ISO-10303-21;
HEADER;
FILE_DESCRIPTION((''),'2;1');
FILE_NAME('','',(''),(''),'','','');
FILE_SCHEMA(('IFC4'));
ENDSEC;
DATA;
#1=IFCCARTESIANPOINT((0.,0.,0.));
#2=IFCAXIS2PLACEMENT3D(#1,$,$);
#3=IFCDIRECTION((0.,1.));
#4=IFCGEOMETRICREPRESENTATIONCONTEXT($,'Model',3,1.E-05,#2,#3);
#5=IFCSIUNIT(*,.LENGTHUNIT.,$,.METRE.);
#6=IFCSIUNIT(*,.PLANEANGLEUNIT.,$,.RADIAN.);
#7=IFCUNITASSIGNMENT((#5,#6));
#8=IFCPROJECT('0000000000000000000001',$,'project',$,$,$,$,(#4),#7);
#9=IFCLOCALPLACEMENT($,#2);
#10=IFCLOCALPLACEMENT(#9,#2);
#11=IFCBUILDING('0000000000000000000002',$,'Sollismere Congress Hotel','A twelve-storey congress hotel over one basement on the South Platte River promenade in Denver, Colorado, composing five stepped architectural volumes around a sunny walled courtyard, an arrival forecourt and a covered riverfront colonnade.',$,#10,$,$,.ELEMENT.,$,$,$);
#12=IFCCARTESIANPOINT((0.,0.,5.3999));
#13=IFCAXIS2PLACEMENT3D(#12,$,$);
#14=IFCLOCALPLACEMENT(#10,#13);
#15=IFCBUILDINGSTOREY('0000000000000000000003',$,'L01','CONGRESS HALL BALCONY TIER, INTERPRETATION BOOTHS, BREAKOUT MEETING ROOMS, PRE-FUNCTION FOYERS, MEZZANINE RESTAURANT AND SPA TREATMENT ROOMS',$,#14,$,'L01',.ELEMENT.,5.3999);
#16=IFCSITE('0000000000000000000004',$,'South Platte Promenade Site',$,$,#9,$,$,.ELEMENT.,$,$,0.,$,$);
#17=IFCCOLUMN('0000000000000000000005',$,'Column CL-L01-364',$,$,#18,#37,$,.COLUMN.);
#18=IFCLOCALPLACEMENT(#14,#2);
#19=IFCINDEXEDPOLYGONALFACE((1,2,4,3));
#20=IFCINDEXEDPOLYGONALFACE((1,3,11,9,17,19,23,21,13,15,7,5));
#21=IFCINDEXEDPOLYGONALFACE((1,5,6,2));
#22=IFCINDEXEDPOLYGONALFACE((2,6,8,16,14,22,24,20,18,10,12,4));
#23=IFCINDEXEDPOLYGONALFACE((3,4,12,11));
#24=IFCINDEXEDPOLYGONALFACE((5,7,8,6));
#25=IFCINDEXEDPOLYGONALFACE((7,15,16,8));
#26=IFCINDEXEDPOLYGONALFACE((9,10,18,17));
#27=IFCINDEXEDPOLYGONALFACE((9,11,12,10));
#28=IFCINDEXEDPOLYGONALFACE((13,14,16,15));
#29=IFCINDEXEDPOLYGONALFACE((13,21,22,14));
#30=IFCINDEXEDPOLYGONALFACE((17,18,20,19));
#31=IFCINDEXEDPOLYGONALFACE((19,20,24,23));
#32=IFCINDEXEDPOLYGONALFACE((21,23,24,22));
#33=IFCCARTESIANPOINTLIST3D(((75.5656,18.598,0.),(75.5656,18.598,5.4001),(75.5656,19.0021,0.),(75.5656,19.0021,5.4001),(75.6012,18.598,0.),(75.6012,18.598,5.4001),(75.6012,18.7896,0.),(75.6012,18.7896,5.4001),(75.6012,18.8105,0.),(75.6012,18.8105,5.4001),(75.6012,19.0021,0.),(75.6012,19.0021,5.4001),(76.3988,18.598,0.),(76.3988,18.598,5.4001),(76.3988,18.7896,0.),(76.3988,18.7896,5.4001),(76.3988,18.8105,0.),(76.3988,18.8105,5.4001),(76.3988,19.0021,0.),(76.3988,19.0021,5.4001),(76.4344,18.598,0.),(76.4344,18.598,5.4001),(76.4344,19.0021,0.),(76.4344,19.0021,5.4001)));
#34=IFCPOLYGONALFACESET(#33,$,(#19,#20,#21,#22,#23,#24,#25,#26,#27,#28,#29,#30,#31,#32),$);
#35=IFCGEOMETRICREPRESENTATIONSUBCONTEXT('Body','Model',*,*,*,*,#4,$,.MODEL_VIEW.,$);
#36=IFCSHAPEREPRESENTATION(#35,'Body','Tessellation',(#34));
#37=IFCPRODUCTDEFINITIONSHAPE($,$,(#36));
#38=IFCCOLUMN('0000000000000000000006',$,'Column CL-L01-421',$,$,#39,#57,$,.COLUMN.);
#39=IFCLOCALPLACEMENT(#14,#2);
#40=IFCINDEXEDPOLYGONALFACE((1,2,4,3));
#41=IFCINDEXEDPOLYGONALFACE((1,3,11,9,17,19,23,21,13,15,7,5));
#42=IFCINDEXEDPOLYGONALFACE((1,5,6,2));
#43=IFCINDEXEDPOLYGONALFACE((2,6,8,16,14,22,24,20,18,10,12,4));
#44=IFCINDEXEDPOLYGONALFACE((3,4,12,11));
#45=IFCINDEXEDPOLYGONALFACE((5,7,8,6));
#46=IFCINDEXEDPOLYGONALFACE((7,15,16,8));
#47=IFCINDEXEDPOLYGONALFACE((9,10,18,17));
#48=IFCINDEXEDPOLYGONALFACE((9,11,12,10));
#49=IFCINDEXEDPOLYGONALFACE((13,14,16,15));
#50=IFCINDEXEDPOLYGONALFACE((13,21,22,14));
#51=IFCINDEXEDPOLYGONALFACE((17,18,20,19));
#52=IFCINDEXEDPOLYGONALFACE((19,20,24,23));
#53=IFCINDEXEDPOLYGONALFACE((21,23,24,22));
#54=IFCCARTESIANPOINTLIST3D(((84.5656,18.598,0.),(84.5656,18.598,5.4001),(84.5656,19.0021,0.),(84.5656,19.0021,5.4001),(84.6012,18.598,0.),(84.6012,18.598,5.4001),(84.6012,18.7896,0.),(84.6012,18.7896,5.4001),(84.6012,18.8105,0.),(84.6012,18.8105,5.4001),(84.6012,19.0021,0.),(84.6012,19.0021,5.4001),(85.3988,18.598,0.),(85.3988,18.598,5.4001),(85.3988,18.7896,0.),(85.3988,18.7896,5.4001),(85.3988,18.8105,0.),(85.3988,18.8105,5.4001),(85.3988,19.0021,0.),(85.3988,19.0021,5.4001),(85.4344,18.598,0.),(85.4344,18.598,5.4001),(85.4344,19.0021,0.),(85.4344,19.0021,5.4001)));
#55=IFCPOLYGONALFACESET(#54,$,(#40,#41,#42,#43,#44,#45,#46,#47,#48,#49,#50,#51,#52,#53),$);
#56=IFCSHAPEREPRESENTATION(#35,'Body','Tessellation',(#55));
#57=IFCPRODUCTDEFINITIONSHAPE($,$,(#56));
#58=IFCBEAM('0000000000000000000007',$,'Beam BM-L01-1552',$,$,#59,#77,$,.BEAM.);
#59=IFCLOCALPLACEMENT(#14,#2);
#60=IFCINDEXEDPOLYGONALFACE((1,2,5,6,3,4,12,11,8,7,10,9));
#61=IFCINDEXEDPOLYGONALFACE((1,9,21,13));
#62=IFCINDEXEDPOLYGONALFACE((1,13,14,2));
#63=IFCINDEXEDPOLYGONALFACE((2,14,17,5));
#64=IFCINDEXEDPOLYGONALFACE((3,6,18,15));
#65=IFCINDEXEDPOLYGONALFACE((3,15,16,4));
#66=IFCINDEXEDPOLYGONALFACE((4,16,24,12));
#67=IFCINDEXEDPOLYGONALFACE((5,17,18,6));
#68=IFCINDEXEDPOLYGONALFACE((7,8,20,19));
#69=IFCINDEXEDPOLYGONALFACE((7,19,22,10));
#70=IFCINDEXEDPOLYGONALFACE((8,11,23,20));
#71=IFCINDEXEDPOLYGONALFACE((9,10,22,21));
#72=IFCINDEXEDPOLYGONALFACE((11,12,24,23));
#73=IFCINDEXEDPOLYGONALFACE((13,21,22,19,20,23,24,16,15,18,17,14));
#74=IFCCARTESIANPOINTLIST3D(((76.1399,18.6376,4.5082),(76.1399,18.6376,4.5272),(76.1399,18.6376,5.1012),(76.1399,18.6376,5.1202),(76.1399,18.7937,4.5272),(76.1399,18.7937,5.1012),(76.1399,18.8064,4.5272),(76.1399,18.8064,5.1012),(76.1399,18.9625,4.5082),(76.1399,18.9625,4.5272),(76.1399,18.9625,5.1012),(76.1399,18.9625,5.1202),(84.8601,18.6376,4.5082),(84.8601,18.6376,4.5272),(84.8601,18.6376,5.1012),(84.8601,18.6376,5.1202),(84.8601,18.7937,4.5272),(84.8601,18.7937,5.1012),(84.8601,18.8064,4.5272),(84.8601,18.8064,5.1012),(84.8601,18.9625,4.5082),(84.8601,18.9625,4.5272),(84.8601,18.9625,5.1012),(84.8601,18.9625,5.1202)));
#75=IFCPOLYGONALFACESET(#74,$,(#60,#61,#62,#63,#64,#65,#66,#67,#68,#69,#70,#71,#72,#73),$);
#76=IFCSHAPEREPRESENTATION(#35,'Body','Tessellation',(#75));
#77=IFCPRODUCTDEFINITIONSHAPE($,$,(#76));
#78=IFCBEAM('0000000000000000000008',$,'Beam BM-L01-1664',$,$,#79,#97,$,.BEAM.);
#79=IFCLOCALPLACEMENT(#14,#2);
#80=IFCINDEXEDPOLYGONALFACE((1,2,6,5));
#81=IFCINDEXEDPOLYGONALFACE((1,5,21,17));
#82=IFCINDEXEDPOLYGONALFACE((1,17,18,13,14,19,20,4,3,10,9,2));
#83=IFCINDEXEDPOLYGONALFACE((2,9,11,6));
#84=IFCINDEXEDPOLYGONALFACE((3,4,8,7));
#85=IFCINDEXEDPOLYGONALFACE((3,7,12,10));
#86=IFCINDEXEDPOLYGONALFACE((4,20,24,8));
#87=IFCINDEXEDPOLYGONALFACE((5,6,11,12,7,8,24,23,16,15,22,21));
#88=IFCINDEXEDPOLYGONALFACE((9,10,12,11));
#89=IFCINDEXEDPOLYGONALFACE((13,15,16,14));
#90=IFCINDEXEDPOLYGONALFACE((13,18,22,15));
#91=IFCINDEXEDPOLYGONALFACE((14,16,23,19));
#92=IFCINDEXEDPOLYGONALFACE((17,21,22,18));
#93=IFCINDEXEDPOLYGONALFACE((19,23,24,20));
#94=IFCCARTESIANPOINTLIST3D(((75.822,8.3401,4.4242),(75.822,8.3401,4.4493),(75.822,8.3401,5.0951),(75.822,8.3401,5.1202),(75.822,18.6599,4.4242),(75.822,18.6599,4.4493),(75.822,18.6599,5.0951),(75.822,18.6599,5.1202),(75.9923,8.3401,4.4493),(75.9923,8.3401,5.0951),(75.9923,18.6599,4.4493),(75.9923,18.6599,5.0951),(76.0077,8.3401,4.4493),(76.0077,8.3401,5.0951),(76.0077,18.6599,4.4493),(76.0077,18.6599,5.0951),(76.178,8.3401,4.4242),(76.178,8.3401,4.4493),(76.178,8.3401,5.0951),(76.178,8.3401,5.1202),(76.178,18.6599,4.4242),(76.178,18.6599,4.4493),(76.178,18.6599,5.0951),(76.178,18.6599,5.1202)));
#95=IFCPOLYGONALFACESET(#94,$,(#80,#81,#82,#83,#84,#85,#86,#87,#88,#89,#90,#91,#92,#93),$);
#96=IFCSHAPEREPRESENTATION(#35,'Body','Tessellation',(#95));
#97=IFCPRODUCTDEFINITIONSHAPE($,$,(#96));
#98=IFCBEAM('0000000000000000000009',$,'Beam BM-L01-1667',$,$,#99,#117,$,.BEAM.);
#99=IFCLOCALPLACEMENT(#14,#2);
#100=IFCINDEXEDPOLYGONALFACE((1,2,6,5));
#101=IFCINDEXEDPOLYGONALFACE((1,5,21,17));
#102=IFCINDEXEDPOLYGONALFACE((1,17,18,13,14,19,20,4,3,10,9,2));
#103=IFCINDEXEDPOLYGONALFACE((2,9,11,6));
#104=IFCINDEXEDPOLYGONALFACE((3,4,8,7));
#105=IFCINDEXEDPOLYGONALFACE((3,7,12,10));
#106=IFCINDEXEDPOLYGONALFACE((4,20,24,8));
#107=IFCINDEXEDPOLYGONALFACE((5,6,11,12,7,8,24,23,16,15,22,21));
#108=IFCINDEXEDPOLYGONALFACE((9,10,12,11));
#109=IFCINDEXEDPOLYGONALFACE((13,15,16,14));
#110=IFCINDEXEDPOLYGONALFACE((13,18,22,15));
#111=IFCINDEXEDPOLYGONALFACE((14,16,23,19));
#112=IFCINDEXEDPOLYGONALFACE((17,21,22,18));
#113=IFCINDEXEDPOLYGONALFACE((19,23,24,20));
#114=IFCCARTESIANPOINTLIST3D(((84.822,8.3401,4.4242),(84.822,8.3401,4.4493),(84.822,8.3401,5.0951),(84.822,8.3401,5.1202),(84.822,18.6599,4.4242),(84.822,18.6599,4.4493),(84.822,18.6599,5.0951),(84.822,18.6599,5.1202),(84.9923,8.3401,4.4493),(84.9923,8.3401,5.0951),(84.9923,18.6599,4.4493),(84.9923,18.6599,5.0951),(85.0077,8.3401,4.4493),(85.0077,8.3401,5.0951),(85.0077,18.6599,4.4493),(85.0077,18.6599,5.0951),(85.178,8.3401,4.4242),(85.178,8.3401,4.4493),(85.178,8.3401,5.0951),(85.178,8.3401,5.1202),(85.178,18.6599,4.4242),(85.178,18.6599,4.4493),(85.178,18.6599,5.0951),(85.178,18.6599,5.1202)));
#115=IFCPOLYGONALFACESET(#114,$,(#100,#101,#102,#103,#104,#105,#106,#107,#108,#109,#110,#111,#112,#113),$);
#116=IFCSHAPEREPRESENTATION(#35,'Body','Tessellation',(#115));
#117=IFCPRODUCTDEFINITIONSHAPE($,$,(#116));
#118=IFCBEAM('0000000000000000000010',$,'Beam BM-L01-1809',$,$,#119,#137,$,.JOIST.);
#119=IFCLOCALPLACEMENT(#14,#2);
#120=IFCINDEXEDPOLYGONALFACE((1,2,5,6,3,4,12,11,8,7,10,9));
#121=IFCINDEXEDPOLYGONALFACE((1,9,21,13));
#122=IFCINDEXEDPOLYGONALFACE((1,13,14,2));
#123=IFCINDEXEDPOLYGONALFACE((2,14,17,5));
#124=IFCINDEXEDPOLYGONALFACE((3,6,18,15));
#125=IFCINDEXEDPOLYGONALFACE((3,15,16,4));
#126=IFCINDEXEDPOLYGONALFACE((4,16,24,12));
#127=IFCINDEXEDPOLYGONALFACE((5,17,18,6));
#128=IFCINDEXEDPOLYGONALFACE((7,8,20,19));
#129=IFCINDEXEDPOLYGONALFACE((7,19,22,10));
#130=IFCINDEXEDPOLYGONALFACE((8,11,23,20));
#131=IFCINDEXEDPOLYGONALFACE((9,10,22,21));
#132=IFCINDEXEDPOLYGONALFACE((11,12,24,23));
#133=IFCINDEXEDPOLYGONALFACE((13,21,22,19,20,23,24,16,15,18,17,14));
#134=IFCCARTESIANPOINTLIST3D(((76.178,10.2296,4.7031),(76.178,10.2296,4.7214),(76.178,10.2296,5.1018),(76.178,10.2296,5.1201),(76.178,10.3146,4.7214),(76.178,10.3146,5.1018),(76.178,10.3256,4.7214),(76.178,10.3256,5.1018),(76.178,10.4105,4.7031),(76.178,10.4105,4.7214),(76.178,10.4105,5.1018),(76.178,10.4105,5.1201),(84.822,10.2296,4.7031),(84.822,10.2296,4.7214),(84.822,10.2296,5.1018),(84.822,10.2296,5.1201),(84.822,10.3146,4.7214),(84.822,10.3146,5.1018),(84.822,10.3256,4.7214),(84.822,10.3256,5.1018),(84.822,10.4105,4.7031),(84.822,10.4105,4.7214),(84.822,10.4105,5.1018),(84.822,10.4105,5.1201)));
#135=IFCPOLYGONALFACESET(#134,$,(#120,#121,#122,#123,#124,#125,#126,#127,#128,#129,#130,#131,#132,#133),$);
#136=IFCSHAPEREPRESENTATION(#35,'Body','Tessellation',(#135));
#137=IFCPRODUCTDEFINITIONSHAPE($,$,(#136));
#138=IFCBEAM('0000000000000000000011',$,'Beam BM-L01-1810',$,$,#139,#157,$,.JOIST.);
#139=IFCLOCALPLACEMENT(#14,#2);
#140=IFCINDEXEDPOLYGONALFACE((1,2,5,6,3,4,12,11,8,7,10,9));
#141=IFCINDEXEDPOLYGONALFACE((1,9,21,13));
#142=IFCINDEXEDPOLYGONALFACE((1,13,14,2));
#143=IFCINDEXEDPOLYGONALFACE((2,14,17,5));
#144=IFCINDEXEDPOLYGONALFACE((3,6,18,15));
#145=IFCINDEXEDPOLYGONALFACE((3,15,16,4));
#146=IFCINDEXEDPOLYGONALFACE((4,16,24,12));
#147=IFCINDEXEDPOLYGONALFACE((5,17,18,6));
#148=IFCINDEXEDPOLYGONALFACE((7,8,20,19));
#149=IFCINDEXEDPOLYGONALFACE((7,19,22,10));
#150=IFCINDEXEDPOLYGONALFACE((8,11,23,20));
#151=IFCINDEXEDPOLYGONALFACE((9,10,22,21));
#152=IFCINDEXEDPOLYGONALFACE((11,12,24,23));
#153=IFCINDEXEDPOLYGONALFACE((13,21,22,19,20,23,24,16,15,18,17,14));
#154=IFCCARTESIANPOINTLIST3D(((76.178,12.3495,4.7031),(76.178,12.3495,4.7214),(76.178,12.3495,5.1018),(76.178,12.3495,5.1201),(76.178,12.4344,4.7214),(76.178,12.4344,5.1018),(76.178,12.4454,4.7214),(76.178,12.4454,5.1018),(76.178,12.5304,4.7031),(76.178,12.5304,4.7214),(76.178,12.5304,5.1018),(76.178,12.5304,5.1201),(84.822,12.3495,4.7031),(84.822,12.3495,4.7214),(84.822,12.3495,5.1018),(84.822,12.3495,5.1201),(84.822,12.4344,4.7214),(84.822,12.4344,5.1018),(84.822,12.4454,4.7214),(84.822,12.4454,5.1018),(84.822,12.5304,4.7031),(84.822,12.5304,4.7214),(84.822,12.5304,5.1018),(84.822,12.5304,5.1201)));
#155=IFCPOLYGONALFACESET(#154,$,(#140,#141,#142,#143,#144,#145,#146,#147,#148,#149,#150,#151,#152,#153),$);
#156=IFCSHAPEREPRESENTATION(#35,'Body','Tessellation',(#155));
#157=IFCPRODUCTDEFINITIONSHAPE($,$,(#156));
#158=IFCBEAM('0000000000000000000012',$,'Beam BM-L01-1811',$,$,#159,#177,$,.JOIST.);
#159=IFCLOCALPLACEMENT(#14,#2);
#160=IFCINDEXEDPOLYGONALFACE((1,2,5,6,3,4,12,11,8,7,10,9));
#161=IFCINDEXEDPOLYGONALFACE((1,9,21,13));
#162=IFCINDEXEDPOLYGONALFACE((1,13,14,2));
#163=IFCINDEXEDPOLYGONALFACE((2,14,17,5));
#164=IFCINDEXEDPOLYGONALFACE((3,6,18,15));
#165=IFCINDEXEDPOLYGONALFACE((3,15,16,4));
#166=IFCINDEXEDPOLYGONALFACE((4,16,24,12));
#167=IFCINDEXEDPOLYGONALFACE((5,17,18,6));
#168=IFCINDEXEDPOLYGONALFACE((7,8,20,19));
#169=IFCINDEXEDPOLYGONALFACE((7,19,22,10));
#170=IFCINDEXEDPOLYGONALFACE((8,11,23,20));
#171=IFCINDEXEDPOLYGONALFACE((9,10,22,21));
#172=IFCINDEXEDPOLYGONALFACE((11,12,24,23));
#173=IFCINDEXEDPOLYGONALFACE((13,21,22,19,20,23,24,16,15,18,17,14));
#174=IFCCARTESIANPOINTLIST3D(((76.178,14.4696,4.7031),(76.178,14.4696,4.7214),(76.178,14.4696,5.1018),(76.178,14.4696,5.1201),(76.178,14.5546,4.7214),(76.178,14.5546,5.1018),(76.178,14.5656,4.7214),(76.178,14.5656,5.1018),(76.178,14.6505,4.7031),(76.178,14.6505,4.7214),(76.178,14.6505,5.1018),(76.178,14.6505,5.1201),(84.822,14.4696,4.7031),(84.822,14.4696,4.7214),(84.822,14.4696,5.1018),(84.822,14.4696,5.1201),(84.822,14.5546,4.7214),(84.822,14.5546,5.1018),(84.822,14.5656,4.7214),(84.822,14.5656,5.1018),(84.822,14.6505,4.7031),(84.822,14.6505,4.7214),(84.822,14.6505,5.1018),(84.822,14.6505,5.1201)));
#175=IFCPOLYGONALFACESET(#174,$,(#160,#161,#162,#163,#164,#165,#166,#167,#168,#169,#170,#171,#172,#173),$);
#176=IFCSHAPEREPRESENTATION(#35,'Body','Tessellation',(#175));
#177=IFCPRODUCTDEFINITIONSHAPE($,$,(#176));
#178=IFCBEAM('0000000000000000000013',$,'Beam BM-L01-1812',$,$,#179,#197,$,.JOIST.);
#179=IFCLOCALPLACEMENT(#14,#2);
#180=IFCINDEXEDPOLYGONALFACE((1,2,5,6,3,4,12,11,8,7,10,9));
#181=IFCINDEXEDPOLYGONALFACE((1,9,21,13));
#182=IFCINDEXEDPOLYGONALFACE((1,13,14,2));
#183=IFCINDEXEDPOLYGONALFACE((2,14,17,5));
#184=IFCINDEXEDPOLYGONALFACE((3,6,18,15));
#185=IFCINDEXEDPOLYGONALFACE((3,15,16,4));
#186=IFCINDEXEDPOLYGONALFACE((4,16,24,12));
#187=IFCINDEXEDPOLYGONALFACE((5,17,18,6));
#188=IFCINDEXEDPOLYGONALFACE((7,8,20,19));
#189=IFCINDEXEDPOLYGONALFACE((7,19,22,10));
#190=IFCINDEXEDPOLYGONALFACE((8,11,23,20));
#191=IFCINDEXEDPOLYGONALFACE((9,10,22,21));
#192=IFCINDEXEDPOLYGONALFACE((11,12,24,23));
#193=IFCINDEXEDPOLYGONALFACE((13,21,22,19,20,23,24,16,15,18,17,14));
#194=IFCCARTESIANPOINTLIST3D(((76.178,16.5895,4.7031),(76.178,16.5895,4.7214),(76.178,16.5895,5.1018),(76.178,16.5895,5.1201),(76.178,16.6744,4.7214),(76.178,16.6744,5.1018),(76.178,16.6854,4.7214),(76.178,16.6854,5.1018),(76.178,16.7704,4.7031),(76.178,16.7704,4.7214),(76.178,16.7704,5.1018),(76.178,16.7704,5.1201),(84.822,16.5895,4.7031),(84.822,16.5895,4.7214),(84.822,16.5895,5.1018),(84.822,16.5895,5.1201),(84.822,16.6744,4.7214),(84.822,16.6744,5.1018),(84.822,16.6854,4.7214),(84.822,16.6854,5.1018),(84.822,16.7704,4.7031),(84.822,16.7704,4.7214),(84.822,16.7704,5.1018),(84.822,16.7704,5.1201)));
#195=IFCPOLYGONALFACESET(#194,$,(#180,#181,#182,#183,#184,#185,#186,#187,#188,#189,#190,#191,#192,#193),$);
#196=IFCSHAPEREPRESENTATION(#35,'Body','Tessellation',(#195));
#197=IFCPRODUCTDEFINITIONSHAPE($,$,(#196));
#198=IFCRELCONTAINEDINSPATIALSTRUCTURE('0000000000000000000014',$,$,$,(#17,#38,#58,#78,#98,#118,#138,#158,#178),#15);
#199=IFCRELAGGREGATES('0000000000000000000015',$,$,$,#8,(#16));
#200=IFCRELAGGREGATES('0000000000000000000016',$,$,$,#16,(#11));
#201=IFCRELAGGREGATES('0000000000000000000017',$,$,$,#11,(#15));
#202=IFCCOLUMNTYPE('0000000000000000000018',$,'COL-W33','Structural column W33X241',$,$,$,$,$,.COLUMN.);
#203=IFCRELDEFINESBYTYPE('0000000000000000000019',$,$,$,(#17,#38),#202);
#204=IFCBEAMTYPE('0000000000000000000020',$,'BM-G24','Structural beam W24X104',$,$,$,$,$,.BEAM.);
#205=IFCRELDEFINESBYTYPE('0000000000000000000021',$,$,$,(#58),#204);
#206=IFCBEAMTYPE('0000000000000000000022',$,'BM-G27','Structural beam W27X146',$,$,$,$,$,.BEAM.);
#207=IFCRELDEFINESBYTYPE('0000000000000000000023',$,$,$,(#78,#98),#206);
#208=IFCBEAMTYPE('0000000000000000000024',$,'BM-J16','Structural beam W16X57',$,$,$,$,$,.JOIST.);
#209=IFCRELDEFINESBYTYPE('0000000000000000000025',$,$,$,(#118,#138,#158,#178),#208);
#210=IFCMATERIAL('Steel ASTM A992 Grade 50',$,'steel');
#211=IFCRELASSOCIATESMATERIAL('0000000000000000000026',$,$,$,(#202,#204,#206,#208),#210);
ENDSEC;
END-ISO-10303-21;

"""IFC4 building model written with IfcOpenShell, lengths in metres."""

from ifc_helpers import new_model, si_unit, direction, frame, origin, origin_2d, place, context, subcontext, project, spatial, i_section, extrude, material, material_profile, profile_set, type_object, element, save


model = new_model("IFC4")

# Units and contexts
model_context = context("Model", 3, precision=1e-05, world=origin(), true_north=direction((0.0, 1.0)))
body_context = subcontext(model_context, "Body", "Model", "MODEL_VIEW")
ifc_project = project(units=[si_unit("LENGTHUNIT", "METRE"), si_unit("PLANEANGLEUNIT", "RADIAN")], contexts=[model_context])

# Site, building, storey
site_placement = place(None, origin())
site = spatial("IfcSite", under=ifc_project, at=site_placement, Name="South Platte Promenade Site", CompositionType="ELEMENT", RefElevation=0.0)
building_placement = place(site_placement, origin())
building = spatial("IfcBuilding", under=site, at=building_placement, Name="Sollismere Congress Hotel", Description="A twelve-storey congress hotel over one basement on the South Platte River promenade in Denver, Colorado, composing five stepped architectural volumes around a sunny walled courtyard, an arrival forecourt and a covered riverfront colonnade.", CompositionType="ELEMENT")
storey_placement = place(building_placement, frame((0.0, 0.0, 5.3999)))
storey = spatial("IfcBuildingStorey", under=building, at=storey_placement, Name="L01", Description="CONGRESS HALL BALCONY TIER, INTERPRETATION BOOTHS, BREAKOUT MEETING ROOMS, PRE-FUNCTION FOYERS, MEZZANINE RESTAURANT AND SPA TREATMENT ROOMS", LongName="L01", CompositionType="ELEMENT", Elevation=5.3999)

# Columns
ifc_material_1 = material(Name="Steel ASTM A992 Grade 50", Category="steel")
ifc_material_profile_1 = material_profile(ifc_material_1, i_section(OverallWidth=0.4041, OverallDepth=0.8689, WebThickness=0.021, FlangeThickness=0.0356, at=origin_2d()), Name="W33X241")
ifc_profile_set_1 = profile_set([ifc_material_profile_1], Name="Steel ASTM A992 Grade 50")
column_type = type_object("IfcColumnType", Name="COL-W33", Description="Structural column W33X241", PredefinedType="COLUMN", material=ifc_profile_set_1)
for number, where, z_axis, x_axis, name in (
    (1, (76.0, 18.8, 0.0), (0.0, 0.0, 1.0), (0.0, 1.0, 0.0), "Column CL-L01-364"),
    (2, (85.0, 18.8, 0.0), (0.0, 0.0, 1.0), (0.0, 1.0, 0.0), "Column CL-L01-421"),
):
    element("IfcColumn", number, at=place(storey_placement, frame(where, z_axis=z_axis, x_axis=x_axis)), inside=storey, type_object=column_type, Name=name, PredefinedType="COLUMN", context=body_context, shape_type="SweptSolid", body=[
        extrude(i_section(OverallWidth=0.4041, OverallDepth=0.8689, WebThickness=0.021, FlangeThickness=0.0356, at=origin_2d()), origin(), (0.0, 0.0, 1.0), 5.4001),
    ])

# Beams
ifc_material_profile_2 = material_profile(ifc_material_1, i_section(OverallWidth=0.325, OverallDepth=0.6121, WebThickness=0.0127, FlangeThickness=0.019, at=origin_2d()), Name="W24X104")
ifc_profile_set_2 = profile_set([ifc_material_profile_2], Name="Steel ASTM A992 Grade 50")
beam_type_1 = type_object("IfcBeamType", Name="BM-G24", Description="Structural beam W24X104", PredefinedType="BEAM", material=ifc_profile_set_2)
beam_placement = place(storey_placement, frame((76.1399, 18.8, 4.8142), z_axis=(1.0, 0.0, 0.0), x_axis=(0.0, 1.0, 0.0)))
element("IfcBeam", 3, at=beam_placement, inside=storey, type_object=beam_type_1, Name="Beam BM-L01-1552", PredefinedType="BEAM", context=body_context, shape_type="SweptSolid", body=[
    extrude(i_section(OverallWidth=0.325, OverallDepth=0.6121, WebThickness=0.0127, FlangeThickness=0.019, at=origin_2d()), origin(), (0.0, 0.0, 1.0), 8.7202),
])
ifc_material_profile_3 = material_profile(ifc_material_1, i_section(OverallWidth=0.356, OverallDepth=0.696, WebThickness=0.0154, FlangeThickness=0.0251, at=origin_2d()), Name="W27X146")
ifc_profile_set_3 = profile_set([ifc_material_profile_3], Name="Steel ASTM A992 Grade 50")
beam_type_2 = type_object("IfcBeamType", Name="BM-G27", Description="Structural beam W27X146", PredefinedType="BEAM", material=ifc_profile_set_3)
for number, where, z_axis, x_axis, name in (
    (4, (76.0, 8.3401, 4.7722), (0.0, 1.0, 0.0), (-1.0, 0.0, 0.0), "Beam BM-L01-1664"),
    (5, (85.0, 8.3401, 4.7722), (0.0, 1.0, 0.0), (-1.0, 0.0, 0.0), "Beam BM-L01-1667"),
):
    element("IfcBeam", number, at=place(storey_placement, frame(where, z_axis=z_axis, x_axis=x_axis)), inside=storey, type_object=beam_type_2, Name=name, PredefinedType="BEAM", context=body_context, shape_type="SweptSolid", body=[
        extrude(i_section(OverallWidth=0.356, OverallDepth=0.696, WebThickness=0.0154, FlangeThickness=0.0251, at=origin_2d()), origin(), (0.0, 0.0, 1.0), 10.3198),
    ])
ifc_material_profile_4 = material_profile(ifc_material_1, i_section(OverallWidth=0.1809, OverallDepth=0.417, WebThickness=0.011, FlangeThickness=0.0183, at=origin_2d()), Name="W16X57")
ifc_profile_set_4 = profile_set([ifc_material_profile_4], Name="Steel ASTM A992 Grade 50")
beam_type_3 = type_object("IfcBeamType", Name="BM-J16", Description="Structural beam W16X57", PredefinedType="JOIST", material=ifc_profile_set_4)
for number, where, z_axis, x_axis, name in (
    (6, (76.178, 10.3201, 4.9116), (1.0, 0.0, 0.0), (0.0, 1.0, 0.0), "Beam BM-L01-1809"),
    (7, (76.178, 12.4399, 4.9116), (1.0, 0.0, 0.0), (0.0, 1.0, 0.0), "Beam BM-L01-1810"),
    (8, (76.178, 14.5601, 4.9116), (1.0, 0.0, 0.0), (0.0, 1.0, 0.0), "Beam BM-L01-1811"),
    (9, (76.178, 16.6799, 4.9116), (1.0, 0.0, 0.0), (0.0, 1.0, 0.0), "Beam BM-L01-1812"),
):
    element("IfcBeam", number, at=place(storey_placement, frame(where, z_axis=z_axis, x_axis=x_axis)), inside=storey, type_object=beam_type_3, Name=name, PredefinedType="JOIST", context=body_context, shape_type="SweptSolid", body=[
        extrude(i_section(OverallWidth=0.1809, OverallDepth=0.417, WebThickness=0.011, FlangeThickness=0.0183, at=origin_2d()), origin(), (0.0, 0.0, 1.0), 8.644),
    ])

save(model, "model.ifc")
